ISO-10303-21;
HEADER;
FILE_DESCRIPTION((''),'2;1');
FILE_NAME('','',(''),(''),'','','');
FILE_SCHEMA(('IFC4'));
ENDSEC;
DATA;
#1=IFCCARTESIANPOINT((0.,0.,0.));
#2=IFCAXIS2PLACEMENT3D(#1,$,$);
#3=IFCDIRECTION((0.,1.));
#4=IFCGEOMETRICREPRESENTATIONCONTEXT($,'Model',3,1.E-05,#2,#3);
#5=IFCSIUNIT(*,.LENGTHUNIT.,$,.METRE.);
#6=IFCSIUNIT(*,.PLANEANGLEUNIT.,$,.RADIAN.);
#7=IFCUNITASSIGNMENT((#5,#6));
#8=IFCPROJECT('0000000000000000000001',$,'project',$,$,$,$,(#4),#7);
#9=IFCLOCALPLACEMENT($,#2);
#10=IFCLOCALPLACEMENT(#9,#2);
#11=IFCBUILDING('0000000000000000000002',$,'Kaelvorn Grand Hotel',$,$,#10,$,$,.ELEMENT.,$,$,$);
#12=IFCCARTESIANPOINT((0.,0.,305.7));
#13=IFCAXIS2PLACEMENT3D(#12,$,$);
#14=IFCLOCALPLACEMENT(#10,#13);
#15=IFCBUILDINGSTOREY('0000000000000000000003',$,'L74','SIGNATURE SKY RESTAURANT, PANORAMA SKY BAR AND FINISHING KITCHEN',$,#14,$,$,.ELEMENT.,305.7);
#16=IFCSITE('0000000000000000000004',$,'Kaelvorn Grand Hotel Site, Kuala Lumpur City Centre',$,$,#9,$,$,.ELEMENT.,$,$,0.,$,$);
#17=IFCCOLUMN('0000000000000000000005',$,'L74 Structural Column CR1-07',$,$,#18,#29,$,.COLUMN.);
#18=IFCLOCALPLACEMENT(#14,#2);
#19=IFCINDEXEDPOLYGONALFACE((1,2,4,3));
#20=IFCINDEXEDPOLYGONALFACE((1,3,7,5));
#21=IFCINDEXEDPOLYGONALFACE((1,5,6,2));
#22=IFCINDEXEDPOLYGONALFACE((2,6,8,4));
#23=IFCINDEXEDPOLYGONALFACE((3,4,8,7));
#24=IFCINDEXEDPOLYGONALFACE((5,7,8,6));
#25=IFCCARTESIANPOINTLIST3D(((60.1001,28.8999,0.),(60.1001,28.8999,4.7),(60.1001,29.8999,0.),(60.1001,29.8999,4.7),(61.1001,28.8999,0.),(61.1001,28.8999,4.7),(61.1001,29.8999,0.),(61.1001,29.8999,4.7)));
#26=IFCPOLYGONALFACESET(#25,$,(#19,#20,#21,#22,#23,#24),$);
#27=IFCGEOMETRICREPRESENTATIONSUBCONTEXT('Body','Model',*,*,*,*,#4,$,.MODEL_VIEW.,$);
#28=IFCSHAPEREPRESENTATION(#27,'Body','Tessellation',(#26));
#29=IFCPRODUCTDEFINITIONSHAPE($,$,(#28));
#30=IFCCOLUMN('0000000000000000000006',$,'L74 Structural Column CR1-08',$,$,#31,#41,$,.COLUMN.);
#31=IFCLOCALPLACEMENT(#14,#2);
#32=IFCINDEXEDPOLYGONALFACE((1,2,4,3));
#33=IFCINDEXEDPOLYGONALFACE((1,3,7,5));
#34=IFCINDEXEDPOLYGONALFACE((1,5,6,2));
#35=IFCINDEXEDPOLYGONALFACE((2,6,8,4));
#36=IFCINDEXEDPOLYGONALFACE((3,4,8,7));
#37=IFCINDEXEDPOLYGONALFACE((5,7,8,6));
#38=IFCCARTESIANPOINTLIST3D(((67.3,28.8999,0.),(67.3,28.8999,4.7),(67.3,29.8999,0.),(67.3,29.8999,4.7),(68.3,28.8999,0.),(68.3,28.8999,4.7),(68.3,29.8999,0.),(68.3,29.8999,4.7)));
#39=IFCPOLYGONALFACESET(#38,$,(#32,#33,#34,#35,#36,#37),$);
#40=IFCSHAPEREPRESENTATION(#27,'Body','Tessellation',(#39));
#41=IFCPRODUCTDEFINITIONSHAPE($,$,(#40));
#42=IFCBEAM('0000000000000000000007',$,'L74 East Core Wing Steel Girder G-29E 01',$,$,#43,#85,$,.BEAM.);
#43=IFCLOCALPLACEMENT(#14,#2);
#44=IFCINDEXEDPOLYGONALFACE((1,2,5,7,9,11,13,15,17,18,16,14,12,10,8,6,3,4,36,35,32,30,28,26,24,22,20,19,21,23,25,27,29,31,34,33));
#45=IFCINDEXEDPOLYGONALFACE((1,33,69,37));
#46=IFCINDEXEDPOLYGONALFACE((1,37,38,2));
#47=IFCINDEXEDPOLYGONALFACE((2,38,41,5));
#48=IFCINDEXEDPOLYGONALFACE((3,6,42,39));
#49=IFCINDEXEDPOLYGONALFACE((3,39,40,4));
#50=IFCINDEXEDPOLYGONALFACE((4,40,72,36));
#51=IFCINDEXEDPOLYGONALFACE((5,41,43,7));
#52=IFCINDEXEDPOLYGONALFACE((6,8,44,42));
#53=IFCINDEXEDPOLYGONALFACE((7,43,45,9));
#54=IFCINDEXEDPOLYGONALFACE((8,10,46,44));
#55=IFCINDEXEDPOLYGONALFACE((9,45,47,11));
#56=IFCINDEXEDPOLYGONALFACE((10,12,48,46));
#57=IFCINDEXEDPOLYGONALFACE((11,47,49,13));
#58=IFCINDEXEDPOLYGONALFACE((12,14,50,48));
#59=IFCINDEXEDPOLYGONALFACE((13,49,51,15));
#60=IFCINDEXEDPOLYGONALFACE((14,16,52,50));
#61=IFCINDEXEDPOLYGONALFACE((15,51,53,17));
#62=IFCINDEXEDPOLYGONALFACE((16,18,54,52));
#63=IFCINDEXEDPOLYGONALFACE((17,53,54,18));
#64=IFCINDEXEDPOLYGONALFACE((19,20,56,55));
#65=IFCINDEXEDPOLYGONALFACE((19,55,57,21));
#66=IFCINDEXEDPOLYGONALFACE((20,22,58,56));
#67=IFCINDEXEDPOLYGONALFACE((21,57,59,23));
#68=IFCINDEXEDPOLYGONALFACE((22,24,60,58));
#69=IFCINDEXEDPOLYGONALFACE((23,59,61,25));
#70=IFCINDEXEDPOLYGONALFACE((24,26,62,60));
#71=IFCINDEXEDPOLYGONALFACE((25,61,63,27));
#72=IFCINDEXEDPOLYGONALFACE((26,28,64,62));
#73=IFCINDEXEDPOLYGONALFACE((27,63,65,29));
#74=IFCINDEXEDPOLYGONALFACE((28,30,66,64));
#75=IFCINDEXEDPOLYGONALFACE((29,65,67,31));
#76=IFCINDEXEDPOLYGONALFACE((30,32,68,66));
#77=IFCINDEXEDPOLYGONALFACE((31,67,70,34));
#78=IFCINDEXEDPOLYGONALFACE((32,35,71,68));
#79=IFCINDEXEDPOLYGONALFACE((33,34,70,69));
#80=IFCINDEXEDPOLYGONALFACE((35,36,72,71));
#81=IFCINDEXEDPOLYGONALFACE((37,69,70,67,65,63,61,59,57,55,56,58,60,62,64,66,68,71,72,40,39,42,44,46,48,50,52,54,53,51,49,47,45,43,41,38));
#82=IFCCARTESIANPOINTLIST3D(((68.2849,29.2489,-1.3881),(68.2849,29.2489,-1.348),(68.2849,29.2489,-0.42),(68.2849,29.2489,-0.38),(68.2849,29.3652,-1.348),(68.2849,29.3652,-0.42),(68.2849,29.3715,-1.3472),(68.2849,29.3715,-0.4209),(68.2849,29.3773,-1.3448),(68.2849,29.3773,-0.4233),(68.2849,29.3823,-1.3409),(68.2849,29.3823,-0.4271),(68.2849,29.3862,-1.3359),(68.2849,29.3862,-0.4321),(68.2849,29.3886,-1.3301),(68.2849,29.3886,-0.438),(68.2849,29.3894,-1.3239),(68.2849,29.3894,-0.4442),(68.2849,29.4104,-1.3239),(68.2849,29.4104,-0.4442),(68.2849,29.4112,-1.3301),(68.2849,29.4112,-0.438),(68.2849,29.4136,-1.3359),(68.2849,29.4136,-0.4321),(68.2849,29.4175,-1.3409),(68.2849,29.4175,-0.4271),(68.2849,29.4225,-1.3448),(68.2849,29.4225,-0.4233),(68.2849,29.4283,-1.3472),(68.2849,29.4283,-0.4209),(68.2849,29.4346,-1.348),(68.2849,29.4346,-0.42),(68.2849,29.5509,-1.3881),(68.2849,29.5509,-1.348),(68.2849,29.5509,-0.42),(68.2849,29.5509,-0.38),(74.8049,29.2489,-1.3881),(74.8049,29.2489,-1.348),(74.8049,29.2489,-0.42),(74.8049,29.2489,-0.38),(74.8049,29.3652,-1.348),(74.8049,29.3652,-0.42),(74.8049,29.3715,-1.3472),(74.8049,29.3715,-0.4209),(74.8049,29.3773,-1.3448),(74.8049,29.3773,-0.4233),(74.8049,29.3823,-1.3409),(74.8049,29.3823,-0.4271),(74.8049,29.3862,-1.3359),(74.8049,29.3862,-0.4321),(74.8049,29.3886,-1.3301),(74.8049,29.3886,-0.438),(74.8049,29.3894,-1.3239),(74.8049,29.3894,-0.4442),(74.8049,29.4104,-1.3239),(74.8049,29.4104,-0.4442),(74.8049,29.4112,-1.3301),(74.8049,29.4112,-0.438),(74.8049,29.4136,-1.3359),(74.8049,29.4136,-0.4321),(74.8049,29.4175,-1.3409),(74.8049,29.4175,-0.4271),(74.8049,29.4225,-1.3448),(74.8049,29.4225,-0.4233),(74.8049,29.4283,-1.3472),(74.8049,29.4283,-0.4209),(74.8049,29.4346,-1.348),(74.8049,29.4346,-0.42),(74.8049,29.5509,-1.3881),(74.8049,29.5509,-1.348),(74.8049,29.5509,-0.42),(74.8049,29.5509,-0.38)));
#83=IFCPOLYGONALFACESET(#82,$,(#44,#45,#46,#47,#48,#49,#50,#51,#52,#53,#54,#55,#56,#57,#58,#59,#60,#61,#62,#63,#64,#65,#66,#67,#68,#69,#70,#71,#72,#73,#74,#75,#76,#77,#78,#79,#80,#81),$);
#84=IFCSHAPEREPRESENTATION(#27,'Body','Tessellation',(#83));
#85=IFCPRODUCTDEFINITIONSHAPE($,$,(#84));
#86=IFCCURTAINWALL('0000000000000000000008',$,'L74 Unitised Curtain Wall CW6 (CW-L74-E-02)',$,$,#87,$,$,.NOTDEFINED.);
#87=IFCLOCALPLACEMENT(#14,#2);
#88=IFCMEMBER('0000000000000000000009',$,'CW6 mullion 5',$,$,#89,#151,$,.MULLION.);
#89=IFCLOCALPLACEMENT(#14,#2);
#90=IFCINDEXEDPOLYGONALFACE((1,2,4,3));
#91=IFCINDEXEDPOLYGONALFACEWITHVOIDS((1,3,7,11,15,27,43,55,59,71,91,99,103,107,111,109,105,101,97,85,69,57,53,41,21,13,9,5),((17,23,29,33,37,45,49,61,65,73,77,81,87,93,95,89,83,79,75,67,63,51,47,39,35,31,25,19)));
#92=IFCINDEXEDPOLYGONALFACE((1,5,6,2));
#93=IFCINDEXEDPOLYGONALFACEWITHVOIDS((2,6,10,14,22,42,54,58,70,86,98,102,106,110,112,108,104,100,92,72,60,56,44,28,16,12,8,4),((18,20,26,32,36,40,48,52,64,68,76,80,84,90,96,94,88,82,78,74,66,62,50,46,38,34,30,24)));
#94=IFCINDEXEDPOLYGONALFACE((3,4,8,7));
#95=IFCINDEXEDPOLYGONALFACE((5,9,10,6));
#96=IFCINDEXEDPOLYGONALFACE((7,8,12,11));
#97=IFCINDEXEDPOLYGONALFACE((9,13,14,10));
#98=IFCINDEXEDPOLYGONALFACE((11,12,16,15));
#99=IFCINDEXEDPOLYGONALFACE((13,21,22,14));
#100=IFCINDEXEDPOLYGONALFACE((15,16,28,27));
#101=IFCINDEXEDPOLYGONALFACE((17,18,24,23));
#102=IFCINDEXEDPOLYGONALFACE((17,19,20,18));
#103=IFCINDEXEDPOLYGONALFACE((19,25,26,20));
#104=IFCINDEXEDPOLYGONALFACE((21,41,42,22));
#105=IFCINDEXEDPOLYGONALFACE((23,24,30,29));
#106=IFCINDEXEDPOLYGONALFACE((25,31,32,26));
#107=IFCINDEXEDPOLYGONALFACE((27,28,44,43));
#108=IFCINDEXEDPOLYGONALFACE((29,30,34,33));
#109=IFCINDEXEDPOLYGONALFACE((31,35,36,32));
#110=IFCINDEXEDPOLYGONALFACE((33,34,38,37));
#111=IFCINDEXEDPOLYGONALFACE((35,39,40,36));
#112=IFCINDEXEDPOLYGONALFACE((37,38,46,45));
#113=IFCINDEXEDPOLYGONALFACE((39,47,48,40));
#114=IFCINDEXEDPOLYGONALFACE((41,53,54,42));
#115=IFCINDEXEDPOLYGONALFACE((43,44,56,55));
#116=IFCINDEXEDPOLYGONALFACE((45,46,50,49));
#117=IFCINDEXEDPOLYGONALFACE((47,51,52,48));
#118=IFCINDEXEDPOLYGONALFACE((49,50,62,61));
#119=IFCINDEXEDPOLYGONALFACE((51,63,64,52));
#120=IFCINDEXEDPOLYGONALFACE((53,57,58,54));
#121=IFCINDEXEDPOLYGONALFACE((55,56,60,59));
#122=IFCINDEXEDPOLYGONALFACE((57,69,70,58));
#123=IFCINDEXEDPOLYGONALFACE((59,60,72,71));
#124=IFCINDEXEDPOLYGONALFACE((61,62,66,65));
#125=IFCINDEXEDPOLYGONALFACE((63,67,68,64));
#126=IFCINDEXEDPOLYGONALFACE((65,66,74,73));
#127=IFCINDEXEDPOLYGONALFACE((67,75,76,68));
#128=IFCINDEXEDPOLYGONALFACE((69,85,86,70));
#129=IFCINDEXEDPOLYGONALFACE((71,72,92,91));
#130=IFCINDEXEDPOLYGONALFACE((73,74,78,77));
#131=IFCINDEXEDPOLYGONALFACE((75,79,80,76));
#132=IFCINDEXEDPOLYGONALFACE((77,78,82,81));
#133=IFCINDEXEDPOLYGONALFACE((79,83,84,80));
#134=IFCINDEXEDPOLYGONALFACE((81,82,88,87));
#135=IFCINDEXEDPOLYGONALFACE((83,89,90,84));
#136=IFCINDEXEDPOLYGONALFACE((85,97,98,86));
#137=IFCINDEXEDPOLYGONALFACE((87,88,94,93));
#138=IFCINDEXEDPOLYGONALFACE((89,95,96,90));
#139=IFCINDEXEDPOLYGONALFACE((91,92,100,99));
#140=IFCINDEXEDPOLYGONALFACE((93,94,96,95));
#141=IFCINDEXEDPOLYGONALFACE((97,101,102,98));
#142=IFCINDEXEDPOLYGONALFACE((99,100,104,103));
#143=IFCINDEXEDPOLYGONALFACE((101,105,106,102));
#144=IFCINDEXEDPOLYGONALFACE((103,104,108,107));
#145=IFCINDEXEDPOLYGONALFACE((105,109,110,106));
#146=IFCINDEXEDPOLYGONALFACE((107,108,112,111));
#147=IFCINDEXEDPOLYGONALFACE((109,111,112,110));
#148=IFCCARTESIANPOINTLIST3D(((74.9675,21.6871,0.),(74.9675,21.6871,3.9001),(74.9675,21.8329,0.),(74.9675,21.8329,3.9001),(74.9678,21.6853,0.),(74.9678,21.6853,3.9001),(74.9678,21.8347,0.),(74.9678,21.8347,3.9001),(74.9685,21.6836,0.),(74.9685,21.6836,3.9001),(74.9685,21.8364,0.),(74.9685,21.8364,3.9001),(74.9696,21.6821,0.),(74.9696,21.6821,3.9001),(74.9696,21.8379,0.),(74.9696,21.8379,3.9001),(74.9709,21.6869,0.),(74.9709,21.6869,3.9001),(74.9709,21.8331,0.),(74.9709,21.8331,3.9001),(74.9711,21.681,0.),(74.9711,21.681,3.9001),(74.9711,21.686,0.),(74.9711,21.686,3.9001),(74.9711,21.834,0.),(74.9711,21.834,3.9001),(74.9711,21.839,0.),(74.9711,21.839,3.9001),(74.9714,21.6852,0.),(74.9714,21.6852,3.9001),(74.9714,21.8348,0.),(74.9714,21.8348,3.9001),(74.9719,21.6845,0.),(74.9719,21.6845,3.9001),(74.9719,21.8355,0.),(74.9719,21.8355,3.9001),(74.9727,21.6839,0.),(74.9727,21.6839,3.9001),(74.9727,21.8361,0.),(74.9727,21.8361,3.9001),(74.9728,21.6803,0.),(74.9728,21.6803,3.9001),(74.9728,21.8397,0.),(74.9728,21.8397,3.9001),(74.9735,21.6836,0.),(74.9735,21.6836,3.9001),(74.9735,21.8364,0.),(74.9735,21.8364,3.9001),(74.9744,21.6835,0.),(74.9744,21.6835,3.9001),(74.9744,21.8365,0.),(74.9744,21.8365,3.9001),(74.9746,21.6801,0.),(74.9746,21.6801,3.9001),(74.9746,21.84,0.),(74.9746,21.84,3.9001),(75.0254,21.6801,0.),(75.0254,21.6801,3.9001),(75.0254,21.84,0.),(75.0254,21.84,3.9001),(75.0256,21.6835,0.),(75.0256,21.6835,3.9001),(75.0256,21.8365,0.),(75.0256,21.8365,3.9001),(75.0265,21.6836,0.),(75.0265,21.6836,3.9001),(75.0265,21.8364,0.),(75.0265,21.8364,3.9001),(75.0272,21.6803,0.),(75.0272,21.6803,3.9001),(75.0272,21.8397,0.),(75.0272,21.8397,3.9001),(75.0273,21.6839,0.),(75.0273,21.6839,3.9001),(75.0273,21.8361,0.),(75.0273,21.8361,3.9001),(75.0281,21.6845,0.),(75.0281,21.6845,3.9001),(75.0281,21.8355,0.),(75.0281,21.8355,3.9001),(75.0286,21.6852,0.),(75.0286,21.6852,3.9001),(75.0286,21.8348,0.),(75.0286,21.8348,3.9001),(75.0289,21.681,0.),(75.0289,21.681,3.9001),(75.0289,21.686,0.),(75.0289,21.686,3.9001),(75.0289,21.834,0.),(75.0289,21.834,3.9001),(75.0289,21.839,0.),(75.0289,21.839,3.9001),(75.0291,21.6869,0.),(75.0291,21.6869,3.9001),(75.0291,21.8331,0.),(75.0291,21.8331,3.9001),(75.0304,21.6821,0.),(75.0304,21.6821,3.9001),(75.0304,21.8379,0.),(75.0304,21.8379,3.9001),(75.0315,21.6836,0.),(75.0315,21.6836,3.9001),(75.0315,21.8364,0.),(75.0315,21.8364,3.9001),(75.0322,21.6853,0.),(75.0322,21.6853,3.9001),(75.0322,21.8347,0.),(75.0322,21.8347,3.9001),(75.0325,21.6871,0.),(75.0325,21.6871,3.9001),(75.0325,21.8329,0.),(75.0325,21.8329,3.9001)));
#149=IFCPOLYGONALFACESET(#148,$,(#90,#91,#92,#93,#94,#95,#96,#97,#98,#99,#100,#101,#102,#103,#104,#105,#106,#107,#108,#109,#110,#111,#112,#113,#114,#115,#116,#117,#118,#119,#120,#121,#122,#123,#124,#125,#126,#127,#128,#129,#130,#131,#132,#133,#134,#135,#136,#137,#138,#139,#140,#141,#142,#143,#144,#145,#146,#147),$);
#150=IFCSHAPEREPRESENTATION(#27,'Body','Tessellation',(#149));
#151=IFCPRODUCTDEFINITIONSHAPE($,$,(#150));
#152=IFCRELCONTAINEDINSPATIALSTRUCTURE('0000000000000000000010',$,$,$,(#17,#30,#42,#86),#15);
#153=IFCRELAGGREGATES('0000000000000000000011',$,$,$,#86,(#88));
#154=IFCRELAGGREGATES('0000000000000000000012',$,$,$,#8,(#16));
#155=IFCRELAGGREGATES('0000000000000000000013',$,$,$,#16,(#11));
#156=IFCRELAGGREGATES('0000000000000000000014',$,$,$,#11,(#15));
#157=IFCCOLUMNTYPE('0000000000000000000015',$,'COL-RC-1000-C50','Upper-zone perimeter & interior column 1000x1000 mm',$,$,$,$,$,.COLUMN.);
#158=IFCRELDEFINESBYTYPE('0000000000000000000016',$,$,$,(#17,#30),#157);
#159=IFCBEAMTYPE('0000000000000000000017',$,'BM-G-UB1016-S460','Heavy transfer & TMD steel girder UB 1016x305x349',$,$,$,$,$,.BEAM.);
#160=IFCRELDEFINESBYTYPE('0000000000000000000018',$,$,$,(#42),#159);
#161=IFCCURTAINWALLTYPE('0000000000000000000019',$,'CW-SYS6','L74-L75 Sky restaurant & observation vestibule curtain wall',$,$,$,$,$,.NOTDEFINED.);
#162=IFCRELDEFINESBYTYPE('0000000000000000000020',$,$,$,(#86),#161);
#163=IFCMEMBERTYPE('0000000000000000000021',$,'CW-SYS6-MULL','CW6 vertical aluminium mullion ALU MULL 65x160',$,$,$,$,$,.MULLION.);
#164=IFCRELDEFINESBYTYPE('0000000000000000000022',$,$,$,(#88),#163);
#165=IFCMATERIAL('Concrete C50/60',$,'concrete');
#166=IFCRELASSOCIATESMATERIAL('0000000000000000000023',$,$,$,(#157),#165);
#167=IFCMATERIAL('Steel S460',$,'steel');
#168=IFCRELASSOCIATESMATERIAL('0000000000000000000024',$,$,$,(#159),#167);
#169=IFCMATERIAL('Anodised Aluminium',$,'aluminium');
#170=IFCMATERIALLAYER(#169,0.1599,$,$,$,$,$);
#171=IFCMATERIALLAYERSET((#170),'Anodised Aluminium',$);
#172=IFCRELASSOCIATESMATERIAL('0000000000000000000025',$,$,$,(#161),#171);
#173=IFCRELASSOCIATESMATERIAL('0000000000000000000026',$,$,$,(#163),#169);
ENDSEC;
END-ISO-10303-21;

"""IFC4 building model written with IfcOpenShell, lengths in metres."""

from ifc_helpers import new_model, si_unit, direction, frame, origin, origin_2d, place, context, subcontext, project, spatial, rectangle, hollow_rectangle, i_section, extrude, material, layer, layer_set, material_profile, profile_set, type_object, element, aggregate, save


model = new_model("IFC4")

# Units and contexts
model_context = context("Model", 3, precision=1e-05, world=origin(), true_north=direction((0.0, 1.0)))
body_context = subcontext(model_context, "Body", "Model", "MODEL_VIEW")
ifc_project = project(units=[si_unit("LENGTHUNIT", "METRE"), si_unit("PLANEANGLEUNIT", "RADIAN")], contexts=[model_context])

# Site, building, storey
site_placement = place(None, origin())
site = spatial("IfcSite", under=ifc_project, at=site_placement, Name="Kaelvorn Grand Hotel Site, Kuala Lumpur City Centre", CompositionType="ELEMENT", RefElevation=0.0)
building_placement = place(site_placement, origin())
building = spatial("IfcBuilding", under=site, at=building_placement, Name="Kaelvorn Grand Hotel", CompositionType="ELEMENT")
storey_placement = place(building_placement, frame((0.0, 0.0, 305.7)))
storey = spatial("IfcBuildingStorey", under=building, at=storey_placement, Name="L74", Description="SIGNATURE SKY RESTAURANT, PANORAMA SKY BAR AND FINISHING KITCHEN", CompositionType="ELEMENT", Elevation=305.7)

# Columns
ifc_material_1 = material(Name="Concrete C50/60", Category="concrete")
ifc_material_profile_1 = material_profile(ifc_material_1, rectangle(XDim=1.0, YDim=1.0, at=origin_2d()), Name="RC COL 1000x1000")
ifc_profile_set_1 = profile_set([ifc_material_profile_1], Name="Concrete C50/60")
column_type = type_object("IfcColumnType", Name="COL-RC-1000-C50", Description="Upper-zone perimeter & interior column 1000x1000 mm", PredefinedType="COLUMN", material=ifc_profile_set_1)
for number, where, z_axis, x_axis, name in (
    (1, (60.6001, 29.3999, 0.0), (0.0, 0.0, 1.0), (1.0, 0.0, 0.0), "L74 Structural Column CR1-07"),
    (2, (67.8, 29.3999, 0.0), (0.0, 0.0, 1.0), (1.0, 0.0, 0.0), "L74 Structural Column CR1-08"),
):
    element("IfcColumn", number, at=place(storey_placement, frame(where, z_axis=z_axis, x_axis=x_axis)), inside=storey, type_object=column_type, Name=name, PredefinedType="COLUMN", context=body_context, shape_type="SweptSolid", body=[
        extrude(rectangle(XDim=1.0, YDim=1.0, at=origin_2d()), origin(), (0.0, 0.0, 1.0), 4.7),
    ])

# Beam
ifc_material_2 = material(Name="Steel S460", Category="steel")
ifc_material_profile_2 = material_profile(ifc_material_2, i_section(OverallWidth=0.302, OverallDepth=1.0081, WebThickness=0.021, FlangeThickness=0.04, FilletRadius=0.0242, at=origin_2d()), Name="UB 1016x305x349")
ifc_profile_set_2 = profile_set([ifc_material_profile_2], Name="Steel S460")
beam_type = type_object("IfcBeamType", Name="BM-G-UB1016-S460", Description="Heavy transfer & TMD steel girder UB 1016x305x349", PredefinedType="BEAM", material=ifc_profile_set_2)
beam_placement = place(storey_placement, frame((68.2849, 29.3999, -0.884), z_axis=(1.0, 0.0, 0.0), x_axis=(0.0, 1.0, 0.0)))
element("IfcBeam", 3, at=beam_placement, inside=storey, type_object=beam_type, Name="L74 East Core Wing Steel Girder G-29E 01", PredefinedType="BEAM", context=body_context, shape_type="SweptSolid", body=[
    extrude(i_section(OverallWidth=0.302, OverallDepth=1.0081, WebThickness=0.021, FlangeThickness=0.04, FilletRadius=0.0242, at=origin_2d()), origin(), (0.0, 0.0, 1.0), 6.52),
])

# Curtain wall, member
ifc_material_3 = material(Name="Anodised Aluminium", Category="aluminium")
ifc_layer_1 = layer(ifc_material_3, 0.1599)
ifc_layer_set_1 = layer_set([ifc_layer_1], Name="Anodised Aluminium")
curtain_wall_type = type_object("IfcCurtainWallType", Name="CW-SYS6", Description="L74-L75 Sky restaurant & observation vestibule curtain wall", PredefinedType="NOTDEFINED", material=ifc_layer_set_1)
curtain_wall_placement = place(storey_placement, origin())
curtain_wall = element("IfcCurtainWall", 4, at=curtain_wall_placement, inside=storey, type_object=curtain_wall_type, Name="L74 Unitised Curtain Wall CW6 (CW-L74-E-02)", PredefinedType="NOTDEFINED")
ifc_material_profile_3 = material_profile(ifc_material_3, hollow_rectangle(XDim=0.0649, YDim=0.1599, WallThickness=0.0034, InnerFilletRadius=0.0034, OuterFilletRadius=0.0071, at=origin_2d()), Name="ALU MULL 65x160")
ifc_profile_set_3 = profile_set([ifc_material_profile_3], Name="Anodised Aluminium")
member_type_1 = type_object("IfcMemberType", Name="CW-SYS6-MULL", Description="CW6 vertical aluminium mullion ALU MULL 65x160", PredefinedType="MULLION", material=ifc_profile_set_3)
member_1_placement = place(storey_placement, frame((75.0, 21.76, 0.0), z_axis=(0.0, 0.0, 1.0), x_axis=(-1.0, 0.0, 0.0)))
member_1 = element("IfcMember", 5, at=member_1_placement, type_object=member_type_1, Name="CW6 mullion 5", PredefinedType="MULLION", context=body_context, shape_type="SweptSolid", body=[
    extrude(hollow_rectangle(XDim=0.0649, YDim=0.1599, WallThickness=0.0034, InnerFilletRadius=0.0034, OuterFilletRadius=0.0071, at=origin_2d()), origin(), (0.0, 0.0, 1.0), 3.9001),
])
aggregate(curtain_wall, [member_1])

save(model, "model.ifc")
